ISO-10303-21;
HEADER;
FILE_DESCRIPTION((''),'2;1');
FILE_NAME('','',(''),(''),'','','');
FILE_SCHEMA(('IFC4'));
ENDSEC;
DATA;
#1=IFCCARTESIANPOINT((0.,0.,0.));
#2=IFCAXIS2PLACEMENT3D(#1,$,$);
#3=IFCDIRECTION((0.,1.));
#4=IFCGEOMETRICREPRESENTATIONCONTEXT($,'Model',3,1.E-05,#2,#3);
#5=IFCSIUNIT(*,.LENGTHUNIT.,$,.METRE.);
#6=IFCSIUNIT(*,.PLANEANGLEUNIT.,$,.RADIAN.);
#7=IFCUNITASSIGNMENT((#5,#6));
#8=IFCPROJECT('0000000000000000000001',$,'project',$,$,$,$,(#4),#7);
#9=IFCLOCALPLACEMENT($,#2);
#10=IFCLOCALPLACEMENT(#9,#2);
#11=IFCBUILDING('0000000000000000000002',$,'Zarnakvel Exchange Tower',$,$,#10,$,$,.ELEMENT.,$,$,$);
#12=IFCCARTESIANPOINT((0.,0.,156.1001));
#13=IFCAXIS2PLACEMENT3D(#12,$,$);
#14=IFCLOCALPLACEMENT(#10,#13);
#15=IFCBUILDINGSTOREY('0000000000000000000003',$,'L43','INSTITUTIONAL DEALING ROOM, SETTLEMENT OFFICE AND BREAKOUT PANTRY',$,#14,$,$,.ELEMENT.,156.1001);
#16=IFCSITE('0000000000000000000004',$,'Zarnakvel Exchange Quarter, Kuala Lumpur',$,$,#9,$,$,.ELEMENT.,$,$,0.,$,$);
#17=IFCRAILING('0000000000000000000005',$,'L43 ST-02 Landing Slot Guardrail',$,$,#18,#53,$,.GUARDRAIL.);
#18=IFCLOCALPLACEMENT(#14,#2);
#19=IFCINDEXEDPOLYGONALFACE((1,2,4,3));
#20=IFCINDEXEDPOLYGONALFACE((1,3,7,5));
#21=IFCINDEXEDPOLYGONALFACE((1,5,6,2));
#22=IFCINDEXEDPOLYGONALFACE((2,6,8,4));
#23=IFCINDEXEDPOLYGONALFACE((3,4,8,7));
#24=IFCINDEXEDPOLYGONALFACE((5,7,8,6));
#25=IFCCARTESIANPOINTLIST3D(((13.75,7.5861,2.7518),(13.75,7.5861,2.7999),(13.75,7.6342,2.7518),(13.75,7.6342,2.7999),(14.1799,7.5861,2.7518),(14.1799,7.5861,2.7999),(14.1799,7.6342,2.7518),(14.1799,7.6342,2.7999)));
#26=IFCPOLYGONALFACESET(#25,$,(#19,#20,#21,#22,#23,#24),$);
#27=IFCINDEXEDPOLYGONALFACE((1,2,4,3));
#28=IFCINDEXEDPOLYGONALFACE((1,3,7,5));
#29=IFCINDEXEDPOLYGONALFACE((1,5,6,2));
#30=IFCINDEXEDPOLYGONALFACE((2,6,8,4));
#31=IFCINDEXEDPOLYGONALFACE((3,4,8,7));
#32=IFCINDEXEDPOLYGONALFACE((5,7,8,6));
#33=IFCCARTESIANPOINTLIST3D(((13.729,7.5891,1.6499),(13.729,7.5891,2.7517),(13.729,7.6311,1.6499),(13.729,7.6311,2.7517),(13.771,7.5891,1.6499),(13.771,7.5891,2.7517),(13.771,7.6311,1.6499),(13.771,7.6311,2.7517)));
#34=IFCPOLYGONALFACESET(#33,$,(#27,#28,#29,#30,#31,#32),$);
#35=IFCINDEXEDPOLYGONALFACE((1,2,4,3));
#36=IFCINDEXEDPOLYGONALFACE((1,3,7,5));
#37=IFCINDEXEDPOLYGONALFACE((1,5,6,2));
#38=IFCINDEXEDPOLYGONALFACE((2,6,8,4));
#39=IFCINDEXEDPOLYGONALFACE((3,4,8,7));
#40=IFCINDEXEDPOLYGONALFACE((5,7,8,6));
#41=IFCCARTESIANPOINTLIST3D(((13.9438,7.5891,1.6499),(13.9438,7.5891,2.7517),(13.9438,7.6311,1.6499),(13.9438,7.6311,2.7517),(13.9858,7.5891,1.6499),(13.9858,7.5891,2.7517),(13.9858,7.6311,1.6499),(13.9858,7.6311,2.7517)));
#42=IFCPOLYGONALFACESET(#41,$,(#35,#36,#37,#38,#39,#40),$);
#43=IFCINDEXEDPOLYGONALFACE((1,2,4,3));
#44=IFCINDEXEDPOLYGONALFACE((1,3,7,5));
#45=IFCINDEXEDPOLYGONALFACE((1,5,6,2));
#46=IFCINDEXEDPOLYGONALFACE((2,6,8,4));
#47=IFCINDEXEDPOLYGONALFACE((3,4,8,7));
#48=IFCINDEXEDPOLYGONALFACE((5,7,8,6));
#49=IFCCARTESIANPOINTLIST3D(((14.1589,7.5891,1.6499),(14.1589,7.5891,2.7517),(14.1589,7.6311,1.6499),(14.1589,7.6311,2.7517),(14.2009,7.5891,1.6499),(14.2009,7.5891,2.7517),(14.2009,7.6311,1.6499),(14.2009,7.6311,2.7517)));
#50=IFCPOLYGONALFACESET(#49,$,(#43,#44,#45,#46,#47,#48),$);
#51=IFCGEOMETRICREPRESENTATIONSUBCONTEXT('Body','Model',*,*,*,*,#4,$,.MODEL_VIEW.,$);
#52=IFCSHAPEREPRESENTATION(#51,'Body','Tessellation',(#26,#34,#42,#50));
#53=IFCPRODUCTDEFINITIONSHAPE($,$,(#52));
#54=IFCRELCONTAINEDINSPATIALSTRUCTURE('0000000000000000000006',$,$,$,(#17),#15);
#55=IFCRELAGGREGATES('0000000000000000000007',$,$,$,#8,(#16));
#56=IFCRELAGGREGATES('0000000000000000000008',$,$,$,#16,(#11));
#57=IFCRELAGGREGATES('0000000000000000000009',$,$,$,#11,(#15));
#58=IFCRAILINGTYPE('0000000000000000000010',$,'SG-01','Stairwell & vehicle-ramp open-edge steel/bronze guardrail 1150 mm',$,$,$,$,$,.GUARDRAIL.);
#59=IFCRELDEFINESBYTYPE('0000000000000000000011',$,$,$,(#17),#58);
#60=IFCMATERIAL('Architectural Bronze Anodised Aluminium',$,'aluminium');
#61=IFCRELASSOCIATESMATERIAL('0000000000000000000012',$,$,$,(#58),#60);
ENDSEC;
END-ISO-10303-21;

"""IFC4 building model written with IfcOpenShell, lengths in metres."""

from ifc_helpers import new_model, si_unit, direction, frame, origin, origin_2d, place, context, subcontext, project, spatial, rectangle, extrude, material, type_object, element, save


model = new_model("IFC4")

# Units and contexts
model_context = context("Model", 3, precision=1e-05, world=origin(), true_north=direction((0.0, 1.0)))
body_context = subcontext(model_context, "Body", "Model", "MODEL_VIEW")
ifc_project = project(units=[si_unit("LENGTHUNIT", "METRE"), si_unit("PLANEANGLEUNIT", "RADIAN")], contexts=[model_context])

# Site, building, storey
site_placement = place(None, origin())
site = spatial("IfcSite", under=ifc_project, at=site_placement, Name="Zarnakvel Exchange Quarter, Kuala Lumpur", CompositionType="ELEMENT", RefElevation=0.0)
building_placement = place(site_placement, origin())
building = spatial("IfcBuilding", under=site, at=building_placement, Name="Zarnakvel Exchange Tower", CompositionType="ELEMENT")
storey_placement = place(building_placement, frame((0.0, 0.0, 156.1001)))
storey = spatial("IfcBuildingStorey", under=building, at=storey_placement, Name="L43", Description="INSTITUTIONAL DEALING ROOM, SETTLEMENT OFFICE AND BREAKOUT PANTRY", CompositionType="ELEMENT", Elevation=156.1001)

# Shared definitions
ifc_material_1 = material(Name="Architectural Bronze Anodised Aluminium", Category="aluminium")

# Railing
railing_type_1 = type_object("IfcRailingType", Name="SG-01", Description="Stairwell & vehicle-ramp open-edge steel/bronze guardrail 1150 mm", PredefinedType="GUARDRAIL", material=ifc_material_1)
railing_1_placement = place(storey_placement, frame((13.75, 7.6101, 1.6499)))
element("IfcRailing", 1, at=railing_1_placement, inside=storey, type_object=railing_type_1, Name="L43 ST-02 Landing Slot Guardrail", PredefinedType="GUARDRAIL", context=body_context, shape_type="SweptSolid", body=[
    extrude(rectangle(XDim=0.0481, YDim=0.0481, at=origin_2d()), frame((0.0, 0.0, 1.126), z_axis=(1.0, 0.0, 0.0), x_axis=(0.0, 1.0, 0.0)), (0.0, 0.0, 1.0), 0.4299),
    extrude(rectangle(XDim=0.042, YDim=0.042, at=origin_2d()), origin(), (0.0, 0.0, 1.0), 1.1018),
    extrude(rectangle(XDim=0.042, YDim=0.042, at=origin_2d()), frame((0.2148, 0.0, 0.0)), (0.0, 0.0, 1.0), 1.1018),
    extrude(rectangle(XDim=0.042, YDim=0.042, at=origin_2d()), frame((0.4299, 0.0, 0.0)), (0.0, 0.0, 1.0), 1.1018),
])

save(model, "model.ifc")
